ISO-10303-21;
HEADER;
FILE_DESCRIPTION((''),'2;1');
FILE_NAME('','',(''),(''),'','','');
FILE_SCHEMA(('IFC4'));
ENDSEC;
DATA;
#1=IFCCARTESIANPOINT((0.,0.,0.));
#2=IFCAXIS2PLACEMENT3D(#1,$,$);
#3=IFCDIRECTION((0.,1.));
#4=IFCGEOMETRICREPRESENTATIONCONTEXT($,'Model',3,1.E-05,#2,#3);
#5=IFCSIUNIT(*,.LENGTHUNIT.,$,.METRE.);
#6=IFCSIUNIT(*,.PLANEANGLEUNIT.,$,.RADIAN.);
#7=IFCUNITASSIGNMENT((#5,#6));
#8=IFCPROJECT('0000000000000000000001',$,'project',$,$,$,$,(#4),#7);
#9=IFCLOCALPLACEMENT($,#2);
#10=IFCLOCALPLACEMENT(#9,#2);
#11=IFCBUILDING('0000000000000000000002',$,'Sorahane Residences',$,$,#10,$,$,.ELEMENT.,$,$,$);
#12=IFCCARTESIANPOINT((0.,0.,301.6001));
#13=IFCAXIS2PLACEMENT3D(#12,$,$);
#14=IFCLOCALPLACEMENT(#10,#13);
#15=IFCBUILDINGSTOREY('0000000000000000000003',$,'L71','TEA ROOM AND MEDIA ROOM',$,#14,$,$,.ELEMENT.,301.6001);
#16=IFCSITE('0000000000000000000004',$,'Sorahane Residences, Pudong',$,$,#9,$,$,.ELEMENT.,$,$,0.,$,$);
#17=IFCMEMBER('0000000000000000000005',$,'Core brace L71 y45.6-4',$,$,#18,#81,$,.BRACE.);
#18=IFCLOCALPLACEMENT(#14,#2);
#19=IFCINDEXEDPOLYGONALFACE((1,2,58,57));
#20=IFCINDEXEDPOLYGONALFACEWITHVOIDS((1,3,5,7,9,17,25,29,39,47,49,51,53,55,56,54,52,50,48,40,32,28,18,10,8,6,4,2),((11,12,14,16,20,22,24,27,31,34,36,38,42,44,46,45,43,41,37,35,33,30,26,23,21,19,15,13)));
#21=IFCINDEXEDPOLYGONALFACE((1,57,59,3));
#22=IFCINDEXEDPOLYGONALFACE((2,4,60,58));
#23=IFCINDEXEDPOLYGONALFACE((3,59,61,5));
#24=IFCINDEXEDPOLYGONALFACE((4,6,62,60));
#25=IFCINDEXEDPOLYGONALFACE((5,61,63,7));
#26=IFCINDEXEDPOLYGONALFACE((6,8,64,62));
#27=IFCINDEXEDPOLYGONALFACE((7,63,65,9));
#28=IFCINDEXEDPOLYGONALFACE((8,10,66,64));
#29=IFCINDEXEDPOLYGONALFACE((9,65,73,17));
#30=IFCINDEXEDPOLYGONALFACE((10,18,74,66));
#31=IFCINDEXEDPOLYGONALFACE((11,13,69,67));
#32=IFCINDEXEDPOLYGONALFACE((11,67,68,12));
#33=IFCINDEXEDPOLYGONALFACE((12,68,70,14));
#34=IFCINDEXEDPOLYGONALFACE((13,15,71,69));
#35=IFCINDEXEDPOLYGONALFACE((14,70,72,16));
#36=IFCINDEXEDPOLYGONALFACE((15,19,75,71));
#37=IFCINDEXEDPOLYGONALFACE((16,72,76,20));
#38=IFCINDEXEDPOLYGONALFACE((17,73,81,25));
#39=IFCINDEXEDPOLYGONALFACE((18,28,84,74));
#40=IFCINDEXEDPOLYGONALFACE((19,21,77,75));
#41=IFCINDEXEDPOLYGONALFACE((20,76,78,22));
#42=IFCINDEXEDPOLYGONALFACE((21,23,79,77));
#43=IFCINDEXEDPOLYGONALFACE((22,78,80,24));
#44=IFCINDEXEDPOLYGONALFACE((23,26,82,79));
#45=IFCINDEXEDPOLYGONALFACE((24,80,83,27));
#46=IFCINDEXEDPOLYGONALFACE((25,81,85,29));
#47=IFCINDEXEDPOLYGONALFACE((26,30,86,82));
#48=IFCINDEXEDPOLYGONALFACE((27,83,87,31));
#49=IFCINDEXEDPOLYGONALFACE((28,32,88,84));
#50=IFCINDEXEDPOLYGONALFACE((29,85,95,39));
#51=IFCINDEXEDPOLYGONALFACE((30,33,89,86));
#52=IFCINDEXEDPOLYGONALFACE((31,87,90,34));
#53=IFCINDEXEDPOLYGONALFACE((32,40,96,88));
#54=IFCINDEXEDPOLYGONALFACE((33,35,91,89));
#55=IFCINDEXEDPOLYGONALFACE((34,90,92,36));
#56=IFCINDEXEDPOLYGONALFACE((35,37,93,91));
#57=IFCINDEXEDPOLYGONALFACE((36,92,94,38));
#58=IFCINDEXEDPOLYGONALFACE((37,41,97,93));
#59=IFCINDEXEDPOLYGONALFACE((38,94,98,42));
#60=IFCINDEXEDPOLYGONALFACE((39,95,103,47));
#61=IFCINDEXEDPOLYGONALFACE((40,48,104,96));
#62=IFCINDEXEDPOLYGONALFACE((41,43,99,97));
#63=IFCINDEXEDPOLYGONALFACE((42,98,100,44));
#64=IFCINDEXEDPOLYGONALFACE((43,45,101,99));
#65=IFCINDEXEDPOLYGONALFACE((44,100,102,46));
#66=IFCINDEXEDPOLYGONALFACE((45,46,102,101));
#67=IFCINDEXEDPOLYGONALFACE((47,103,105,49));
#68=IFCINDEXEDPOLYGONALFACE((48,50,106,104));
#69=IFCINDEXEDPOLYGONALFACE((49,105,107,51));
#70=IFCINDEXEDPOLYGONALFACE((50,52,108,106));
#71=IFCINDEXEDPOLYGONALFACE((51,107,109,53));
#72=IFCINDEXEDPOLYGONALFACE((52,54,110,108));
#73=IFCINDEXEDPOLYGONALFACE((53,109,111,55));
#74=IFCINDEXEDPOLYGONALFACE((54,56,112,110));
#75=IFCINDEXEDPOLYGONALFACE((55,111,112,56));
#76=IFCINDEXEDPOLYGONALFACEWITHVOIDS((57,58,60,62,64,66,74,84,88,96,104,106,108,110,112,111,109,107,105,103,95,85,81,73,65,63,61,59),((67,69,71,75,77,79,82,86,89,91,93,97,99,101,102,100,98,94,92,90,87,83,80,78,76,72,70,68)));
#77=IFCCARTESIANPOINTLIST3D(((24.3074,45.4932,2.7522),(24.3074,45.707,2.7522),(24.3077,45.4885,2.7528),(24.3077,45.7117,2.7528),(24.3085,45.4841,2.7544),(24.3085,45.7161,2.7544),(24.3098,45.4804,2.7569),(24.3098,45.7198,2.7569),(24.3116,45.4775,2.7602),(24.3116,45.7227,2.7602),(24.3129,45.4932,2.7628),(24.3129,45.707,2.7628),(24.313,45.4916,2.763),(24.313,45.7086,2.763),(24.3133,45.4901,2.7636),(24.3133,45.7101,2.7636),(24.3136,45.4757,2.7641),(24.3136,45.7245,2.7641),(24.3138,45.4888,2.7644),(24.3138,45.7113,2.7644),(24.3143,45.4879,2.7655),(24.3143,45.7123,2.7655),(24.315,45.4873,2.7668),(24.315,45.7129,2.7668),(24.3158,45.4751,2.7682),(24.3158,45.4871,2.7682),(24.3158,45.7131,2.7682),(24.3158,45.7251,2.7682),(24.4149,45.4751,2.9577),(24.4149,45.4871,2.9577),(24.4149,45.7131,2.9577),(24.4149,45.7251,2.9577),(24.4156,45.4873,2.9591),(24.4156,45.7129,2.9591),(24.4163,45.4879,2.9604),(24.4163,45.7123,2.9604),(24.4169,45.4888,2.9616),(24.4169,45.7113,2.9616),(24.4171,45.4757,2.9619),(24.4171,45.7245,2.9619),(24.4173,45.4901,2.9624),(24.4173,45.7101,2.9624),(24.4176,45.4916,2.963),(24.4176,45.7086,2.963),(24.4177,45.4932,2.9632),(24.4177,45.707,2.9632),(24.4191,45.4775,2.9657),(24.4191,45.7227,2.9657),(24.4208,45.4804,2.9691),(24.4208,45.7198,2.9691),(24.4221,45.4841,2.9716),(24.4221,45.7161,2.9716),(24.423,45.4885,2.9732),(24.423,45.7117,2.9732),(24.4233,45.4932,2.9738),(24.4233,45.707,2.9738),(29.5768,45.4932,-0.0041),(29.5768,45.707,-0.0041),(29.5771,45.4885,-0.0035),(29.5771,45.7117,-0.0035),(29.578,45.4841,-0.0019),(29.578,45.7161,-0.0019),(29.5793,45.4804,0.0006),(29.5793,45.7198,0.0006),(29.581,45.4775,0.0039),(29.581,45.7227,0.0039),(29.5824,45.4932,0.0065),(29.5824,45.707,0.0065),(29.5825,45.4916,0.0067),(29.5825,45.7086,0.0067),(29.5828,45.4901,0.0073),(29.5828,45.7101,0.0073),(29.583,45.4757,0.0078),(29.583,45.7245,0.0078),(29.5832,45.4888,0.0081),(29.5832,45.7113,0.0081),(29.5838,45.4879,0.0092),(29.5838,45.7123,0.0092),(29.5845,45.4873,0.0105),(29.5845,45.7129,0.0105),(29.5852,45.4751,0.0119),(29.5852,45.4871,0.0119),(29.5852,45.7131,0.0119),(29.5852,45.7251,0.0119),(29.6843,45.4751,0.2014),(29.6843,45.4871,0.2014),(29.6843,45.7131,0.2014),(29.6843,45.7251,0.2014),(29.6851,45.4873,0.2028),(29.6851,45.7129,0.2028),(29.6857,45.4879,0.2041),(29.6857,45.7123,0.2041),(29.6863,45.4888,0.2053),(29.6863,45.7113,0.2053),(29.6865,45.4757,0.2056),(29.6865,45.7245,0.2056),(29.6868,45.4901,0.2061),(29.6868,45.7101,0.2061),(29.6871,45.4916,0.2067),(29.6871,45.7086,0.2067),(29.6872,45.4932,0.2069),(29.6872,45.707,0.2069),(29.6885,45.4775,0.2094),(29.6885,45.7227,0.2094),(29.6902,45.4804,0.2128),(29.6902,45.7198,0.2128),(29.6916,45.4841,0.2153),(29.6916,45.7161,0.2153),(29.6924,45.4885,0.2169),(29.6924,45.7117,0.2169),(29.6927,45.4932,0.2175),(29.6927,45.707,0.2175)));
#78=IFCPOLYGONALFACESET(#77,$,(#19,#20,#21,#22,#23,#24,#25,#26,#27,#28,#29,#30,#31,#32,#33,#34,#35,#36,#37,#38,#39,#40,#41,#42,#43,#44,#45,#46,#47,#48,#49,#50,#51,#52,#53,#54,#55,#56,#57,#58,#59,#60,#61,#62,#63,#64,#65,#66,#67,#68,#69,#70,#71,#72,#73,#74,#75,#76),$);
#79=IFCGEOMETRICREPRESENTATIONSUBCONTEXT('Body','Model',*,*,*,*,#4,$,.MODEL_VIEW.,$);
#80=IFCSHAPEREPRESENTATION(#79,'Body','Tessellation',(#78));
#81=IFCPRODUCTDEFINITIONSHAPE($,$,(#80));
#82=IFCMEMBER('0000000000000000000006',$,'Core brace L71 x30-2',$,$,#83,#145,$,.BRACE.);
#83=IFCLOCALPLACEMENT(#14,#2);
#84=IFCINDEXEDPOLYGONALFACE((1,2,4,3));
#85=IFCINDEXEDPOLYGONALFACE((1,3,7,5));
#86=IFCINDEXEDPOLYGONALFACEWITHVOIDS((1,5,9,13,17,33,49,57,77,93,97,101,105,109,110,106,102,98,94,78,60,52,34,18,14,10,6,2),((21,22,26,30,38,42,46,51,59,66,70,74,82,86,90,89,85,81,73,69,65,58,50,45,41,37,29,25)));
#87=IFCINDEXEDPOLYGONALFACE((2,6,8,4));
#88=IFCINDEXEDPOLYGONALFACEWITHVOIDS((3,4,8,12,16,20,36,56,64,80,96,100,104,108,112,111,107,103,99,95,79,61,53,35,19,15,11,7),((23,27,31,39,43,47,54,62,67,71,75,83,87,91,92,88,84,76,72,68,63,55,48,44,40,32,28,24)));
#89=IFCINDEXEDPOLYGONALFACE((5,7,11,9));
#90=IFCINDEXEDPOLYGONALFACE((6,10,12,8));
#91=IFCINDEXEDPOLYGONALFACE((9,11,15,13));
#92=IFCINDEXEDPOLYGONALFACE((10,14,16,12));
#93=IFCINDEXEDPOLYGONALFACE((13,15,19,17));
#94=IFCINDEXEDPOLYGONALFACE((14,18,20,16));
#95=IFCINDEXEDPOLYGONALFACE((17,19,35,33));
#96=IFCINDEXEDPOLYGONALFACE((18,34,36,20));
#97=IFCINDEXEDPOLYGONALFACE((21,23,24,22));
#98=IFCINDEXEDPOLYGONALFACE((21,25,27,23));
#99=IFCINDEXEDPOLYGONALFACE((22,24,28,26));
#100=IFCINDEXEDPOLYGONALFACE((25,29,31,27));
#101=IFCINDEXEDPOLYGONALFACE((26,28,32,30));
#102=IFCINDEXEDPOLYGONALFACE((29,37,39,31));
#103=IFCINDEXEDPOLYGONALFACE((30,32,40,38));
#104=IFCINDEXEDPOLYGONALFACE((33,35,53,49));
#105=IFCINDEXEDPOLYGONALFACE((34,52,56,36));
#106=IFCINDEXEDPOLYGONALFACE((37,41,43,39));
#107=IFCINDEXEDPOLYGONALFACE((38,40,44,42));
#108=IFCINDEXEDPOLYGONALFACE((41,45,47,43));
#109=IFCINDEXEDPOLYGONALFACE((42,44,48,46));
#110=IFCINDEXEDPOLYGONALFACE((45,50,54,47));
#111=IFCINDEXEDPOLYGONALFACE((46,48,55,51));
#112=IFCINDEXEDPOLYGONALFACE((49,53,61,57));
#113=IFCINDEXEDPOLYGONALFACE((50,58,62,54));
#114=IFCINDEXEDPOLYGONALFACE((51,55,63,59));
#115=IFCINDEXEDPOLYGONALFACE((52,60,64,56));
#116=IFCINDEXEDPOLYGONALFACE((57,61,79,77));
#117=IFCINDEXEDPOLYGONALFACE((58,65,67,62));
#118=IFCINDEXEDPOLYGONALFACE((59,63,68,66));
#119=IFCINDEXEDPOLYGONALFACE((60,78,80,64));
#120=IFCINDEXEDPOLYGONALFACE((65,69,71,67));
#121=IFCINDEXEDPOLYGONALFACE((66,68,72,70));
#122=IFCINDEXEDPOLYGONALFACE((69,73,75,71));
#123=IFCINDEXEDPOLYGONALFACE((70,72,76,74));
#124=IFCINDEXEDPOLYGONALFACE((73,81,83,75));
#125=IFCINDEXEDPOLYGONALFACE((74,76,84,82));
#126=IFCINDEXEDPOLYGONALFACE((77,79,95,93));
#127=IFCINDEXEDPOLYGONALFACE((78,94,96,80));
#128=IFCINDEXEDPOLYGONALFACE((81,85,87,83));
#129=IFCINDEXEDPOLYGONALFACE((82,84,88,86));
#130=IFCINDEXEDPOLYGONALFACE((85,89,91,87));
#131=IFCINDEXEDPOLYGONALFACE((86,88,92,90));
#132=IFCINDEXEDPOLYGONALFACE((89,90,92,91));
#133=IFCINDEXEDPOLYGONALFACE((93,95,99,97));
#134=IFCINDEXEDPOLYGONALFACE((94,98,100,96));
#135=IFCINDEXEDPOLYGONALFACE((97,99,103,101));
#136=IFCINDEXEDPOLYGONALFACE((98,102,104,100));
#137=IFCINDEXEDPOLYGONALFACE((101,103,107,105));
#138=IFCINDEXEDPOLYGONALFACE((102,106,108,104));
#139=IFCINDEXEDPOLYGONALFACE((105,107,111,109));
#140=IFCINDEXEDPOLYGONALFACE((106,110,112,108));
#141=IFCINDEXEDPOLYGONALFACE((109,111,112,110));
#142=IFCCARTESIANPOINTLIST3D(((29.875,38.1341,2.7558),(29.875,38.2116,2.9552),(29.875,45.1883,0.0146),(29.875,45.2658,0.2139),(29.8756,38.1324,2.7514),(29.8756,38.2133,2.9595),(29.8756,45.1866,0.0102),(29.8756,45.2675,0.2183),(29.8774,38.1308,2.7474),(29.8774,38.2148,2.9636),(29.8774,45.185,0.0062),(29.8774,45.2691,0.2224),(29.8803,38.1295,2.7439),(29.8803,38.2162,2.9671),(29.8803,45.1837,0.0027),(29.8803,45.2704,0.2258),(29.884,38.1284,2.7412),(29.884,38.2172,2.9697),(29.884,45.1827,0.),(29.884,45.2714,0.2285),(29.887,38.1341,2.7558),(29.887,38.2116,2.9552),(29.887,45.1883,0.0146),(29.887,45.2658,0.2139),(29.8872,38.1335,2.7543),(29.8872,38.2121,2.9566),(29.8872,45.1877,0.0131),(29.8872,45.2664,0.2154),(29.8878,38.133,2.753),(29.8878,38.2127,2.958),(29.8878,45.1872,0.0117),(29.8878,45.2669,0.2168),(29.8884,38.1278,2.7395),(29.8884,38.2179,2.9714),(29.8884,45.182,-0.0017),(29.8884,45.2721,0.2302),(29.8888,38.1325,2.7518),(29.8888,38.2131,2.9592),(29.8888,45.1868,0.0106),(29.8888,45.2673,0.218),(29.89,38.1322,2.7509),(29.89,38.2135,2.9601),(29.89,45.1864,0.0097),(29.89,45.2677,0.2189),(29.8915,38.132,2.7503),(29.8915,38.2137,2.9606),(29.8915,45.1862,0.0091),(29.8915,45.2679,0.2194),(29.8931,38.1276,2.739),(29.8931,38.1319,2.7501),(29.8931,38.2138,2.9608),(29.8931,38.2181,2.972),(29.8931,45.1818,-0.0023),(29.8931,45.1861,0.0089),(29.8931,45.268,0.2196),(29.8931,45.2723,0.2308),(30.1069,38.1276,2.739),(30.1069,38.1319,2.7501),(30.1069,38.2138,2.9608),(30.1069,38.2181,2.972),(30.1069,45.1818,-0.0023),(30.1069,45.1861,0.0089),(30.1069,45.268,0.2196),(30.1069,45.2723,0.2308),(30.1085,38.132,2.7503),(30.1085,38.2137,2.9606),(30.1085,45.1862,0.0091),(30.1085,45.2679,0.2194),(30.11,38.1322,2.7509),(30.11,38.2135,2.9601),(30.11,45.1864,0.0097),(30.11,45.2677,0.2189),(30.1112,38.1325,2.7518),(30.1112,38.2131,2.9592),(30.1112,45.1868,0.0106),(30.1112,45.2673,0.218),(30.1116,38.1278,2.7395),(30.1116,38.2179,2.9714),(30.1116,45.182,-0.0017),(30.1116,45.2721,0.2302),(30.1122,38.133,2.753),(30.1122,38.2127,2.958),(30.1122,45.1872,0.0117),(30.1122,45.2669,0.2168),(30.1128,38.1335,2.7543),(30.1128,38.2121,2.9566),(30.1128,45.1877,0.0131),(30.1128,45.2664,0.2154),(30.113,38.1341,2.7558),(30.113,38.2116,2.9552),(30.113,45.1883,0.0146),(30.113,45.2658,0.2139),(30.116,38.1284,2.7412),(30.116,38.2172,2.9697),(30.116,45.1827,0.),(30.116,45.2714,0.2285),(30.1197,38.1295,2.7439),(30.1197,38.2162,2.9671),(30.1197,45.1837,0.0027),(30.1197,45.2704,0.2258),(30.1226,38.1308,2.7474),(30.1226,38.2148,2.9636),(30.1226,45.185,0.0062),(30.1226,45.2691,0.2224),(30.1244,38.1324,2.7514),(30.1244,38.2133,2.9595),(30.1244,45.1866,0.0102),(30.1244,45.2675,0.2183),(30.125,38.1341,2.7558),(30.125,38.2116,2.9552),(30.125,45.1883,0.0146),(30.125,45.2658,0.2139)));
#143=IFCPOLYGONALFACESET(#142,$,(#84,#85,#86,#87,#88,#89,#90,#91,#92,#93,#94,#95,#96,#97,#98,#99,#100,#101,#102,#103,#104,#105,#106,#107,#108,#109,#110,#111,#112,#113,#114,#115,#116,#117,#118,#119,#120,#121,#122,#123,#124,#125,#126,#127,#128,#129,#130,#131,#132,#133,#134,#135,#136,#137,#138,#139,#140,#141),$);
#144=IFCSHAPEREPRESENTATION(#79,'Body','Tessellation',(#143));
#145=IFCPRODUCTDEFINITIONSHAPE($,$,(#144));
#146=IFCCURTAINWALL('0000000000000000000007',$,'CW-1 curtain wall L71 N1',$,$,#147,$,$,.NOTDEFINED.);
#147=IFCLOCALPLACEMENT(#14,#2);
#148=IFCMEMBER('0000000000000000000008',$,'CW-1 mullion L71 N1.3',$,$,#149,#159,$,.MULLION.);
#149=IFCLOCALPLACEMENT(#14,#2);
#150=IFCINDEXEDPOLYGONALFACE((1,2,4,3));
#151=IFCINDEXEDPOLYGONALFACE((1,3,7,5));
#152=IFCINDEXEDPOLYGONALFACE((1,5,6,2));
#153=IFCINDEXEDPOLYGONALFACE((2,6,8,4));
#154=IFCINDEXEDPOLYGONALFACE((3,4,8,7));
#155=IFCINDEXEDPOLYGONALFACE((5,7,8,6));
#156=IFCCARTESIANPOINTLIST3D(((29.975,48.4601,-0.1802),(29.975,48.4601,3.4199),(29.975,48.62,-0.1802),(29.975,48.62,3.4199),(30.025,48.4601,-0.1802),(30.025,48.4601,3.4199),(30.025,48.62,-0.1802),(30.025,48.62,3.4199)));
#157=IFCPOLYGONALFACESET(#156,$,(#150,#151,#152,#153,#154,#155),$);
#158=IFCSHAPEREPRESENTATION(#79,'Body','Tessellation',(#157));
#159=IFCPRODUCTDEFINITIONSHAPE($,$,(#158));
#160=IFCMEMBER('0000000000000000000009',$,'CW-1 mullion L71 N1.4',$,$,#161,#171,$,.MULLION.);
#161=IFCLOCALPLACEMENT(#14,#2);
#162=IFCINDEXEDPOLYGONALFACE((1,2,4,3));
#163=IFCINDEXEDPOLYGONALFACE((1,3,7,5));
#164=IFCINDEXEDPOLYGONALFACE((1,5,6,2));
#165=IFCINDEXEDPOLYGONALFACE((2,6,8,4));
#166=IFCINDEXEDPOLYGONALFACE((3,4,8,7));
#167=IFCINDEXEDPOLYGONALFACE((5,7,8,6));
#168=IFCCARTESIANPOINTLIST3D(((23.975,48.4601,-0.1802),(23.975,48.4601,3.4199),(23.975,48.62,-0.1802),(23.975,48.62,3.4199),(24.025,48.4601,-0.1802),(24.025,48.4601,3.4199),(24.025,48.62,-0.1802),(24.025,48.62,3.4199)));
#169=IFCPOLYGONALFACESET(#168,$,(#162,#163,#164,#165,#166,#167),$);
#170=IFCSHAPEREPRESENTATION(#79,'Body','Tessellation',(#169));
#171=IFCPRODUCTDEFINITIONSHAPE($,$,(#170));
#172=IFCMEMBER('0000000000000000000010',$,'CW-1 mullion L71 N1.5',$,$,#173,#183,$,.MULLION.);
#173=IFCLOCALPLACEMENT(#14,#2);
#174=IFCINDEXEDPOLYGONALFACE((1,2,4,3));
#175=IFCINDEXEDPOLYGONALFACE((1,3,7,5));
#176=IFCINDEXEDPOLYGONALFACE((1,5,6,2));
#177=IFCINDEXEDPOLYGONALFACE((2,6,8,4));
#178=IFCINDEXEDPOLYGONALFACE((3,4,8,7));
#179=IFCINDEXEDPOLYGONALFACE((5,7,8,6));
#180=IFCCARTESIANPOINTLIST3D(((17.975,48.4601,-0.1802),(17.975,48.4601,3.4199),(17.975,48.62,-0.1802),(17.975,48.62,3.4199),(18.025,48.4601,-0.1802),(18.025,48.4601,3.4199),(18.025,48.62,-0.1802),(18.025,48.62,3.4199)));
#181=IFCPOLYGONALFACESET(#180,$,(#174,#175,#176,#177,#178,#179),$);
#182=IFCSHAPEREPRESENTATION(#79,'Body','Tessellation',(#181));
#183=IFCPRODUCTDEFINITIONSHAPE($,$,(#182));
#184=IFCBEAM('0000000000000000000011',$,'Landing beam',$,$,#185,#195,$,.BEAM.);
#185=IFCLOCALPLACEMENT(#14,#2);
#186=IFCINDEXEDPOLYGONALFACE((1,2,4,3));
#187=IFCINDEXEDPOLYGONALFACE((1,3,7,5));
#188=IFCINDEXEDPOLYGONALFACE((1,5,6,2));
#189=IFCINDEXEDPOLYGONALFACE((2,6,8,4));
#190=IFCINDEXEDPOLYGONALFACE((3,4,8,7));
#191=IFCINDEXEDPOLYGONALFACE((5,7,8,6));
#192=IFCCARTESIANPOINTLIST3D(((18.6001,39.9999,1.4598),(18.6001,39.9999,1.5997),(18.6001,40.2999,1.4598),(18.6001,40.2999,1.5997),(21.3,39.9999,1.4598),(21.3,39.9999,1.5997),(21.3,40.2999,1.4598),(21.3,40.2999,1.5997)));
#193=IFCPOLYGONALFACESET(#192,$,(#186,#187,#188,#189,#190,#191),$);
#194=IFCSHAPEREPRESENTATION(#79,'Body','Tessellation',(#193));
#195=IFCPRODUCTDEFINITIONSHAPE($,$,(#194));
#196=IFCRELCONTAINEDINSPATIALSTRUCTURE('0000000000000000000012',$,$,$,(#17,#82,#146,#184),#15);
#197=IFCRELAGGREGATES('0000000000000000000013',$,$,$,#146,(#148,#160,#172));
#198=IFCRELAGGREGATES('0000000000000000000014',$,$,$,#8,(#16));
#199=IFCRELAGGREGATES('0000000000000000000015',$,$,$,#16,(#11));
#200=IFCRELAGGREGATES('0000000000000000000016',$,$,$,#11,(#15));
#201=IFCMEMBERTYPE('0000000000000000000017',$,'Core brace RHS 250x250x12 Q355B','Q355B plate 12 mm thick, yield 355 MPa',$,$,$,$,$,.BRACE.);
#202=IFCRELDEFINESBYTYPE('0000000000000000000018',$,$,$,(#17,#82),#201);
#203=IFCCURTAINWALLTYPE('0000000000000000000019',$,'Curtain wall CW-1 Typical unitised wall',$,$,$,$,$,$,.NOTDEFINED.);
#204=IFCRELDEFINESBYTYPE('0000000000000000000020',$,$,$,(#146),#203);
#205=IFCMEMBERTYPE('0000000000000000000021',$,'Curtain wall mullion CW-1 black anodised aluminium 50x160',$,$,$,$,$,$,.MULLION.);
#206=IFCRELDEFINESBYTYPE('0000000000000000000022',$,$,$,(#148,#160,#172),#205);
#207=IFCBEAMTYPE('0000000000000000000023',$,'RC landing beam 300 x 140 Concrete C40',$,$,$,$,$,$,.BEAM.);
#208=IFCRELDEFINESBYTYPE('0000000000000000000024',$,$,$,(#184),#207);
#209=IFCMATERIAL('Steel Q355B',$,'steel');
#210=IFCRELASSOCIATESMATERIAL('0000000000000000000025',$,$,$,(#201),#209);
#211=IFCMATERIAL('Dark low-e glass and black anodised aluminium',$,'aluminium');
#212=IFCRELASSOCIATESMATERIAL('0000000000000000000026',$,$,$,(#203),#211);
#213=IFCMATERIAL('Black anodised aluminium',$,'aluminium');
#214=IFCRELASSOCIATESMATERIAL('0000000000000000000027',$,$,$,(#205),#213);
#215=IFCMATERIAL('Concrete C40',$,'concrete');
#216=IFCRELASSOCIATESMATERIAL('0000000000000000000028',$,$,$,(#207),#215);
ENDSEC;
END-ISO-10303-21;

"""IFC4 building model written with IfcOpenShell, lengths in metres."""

from ifc_helpers import new_model, si_unit, direction, frame, origin, origin_2d, place, context, subcontext, project, spatial, rectangle, hollow_rectangle, extrude, material, material_profile, profile_set, type_object, element, aggregate, save


model = new_model("IFC4")

# Units and contexts
model_context = context("Model", 3, precision=1e-05, world=origin(), true_north=direction((0.0, 1.0)))
body_context = subcontext(model_context, "Body", "Model", "MODEL_VIEW")
ifc_project = project(units=[si_unit("LENGTHUNIT", "METRE"), si_unit("PLANEANGLEUNIT", "RADIAN")], contexts=[model_context])

# Site, building, storey
site_placement = place(None, origin())
site = spatial("IfcSite", under=ifc_project, at=site_placement, Name="Sorahane Residences, Pudong", CompositionType="ELEMENT", RefElevation=0.0)
building_placement = place(site_placement, origin())
building = spatial("IfcBuilding", under=site, at=building_placement, Name="Sorahane Residences", CompositionType="ELEMENT")
storey_placement = place(building_placement, frame((0.0, 0.0, 301.6001)))
storey = spatial("IfcBuildingStorey", under=building, at=storey_placement, Name="L71", Description="TEA ROOM AND MEDIA ROOM", CompositionType="ELEMENT", Elevation=301.6001)

# Members
ifc_material_1 = material(Name="Steel Q355B", Category="steel")
ifc_material_profile_1 = material_profile(ifc_material_1, hollow_rectangle(XDim=0.25, YDim=0.25, WallThickness=0.012, InnerFilletRadius=0.0061, OuterFilletRadius=0.0181, at=origin_2d()), Name="RHS 250x250x12")
ifc_profile_set_1 = profile_set([ifc_material_profile_1], Name="Steel Q355B")
member_type_1 = type_object("IfcMemberType", Name="Core brace RHS 250x250x12 Q355B", Description="Q355B plate 12 mm thick, yield 355 MPa", PredefinedType="BRACE", material=ifc_profile_set_1)
for number, where, z_axis, x_axis, name in (
    (1, (29.6348, 45.6001, 0.1067), (-0.8861, 0.0, 0.463495), (0.0, -1.0, 0.0), "Core brace L71 y45.6-4"),
):
    element("IfcMember", number, at=place(storey_placement, frame(where, z_axis=z_axis, x_axis=x_axis)), inside=storey, type_object=member_type_1, Name=name, PredefinedType="BRACE", context=body_context, shape_type="SweptSolid", body=[
        extrude(hollow_rectangle(XDim=0.25, YDim=0.25, WallThickness=0.012, InnerFilletRadius=0.0061, OuterFilletRadius=0.0181, at=origin_2d()), origin(), (0.0, 0.0, 1.0), 5.9468),
    ])
member_1_placement = place(storey_placement, frame((30.0, 45.2271, 0.1143), z_axis=(0.0, -0.932098, 0.362207), x_axis=(1.0, 0.0, 0.0)))
element("IfcMember", 2, at=member_1_placement, inside=storey, type_object=member_type_1, Name="Core brace L71 x30-2", PredefinedType="BRACE", context=body_context, shape_type="SweptSolid", body=[
    extrude(hollow_rectangle(XDim=0.25, YDim=0.25, WallThickness=0.012, InnerFilletRadius=0.0061, OuterFilletRadius=0.0181, at=origin_2d()), origin(), (0.0, 0.0, 1.0), 7.5681),
])

# Curtain wall, members
ifc_material_2 = material(Name="Dark low-e glass and black anodised aluminium", Category="aluminium")
curtain_wall_type = type_object("IfcCurtainWallType", Name="Curtain wall CW-1 Typical unitised wall", PredefinedType="NOTDEFINED", material=ifc_material_2)
curtain_wall_placement = place(storey_placement, origin())
curtain_wall = element("IfcCurtainWall", 3, at=curtain_wall_placement, inside=storey, type_object=curtain_wall_type, Name="CW-1 curtain wall L71 N1", PredefinedType="NOTDEFINED")
ifc_material_3 = material(Name="Black anodised aluminium", Category="aluminium")
ifc_material_profile_2 = material_profile(ifc_material_3, rectangle(XDim=0.1599, YDim=0.05, at=origin_2d()), Name="Curtain wall mullion CW-1 black anodised aluminium 50x160")
ifc_profile_set_2 = profile_set([ifc_material_profile_2], Name="Black anodised aluminium")
member_type_2 = type_object("IfcMemberType", Name="Curtain wall mullion CW-1 black anodised aluminium 50x160", PredefinedType="MULLION", material=ifc_profile_set_2)
member_2_placement = place(storey_placement, frame((30.0, 48.54, -0.1802), z_axis=(0.0, 0.0, 1.0), x_axis=(0.0, 1.0, 0.0)))
member_2 = element("IfcMember", 4, at=member_2_placement, type_object=member_type_2, Name="CW-1 mullion L71 N1.3", PredefinedType="MULLION", context=body_context, shape_type="SweptSolid", body=[
    extrude(rectangle(XDim=0.1599, YDim=0.05, at=origin_2d()), origin(), (0.0, 0.0, 1.0), 3.6001),
])
member_3_placement = place(storey_placement, frame((24.0, 48.54, -0.1802), z_axis=(0.0, 0.0, 1.0), x_axis=(0.0, 1.0, 0.0)))
member_3 = element("IfcMember", 5, at=member_3_placement, type_object=member_type_2, Name="CW-1 mullion L71 N1.4", PredefinedType="MULLION", context=body_context, shape_type="SweptSolid", body=[
    extrude(rectangle(XDim=0.1599, YDim=0.05, at=origin_2d()), origin(), (0.0, 0.0, 1.0), 3.6001),
])
member_4_placement = place(storey_placement, frame((18.0, 48.54, -0.1802), z_axis=(0.0, 0.0, 1.0), x_axis=(0.0, 1.0, 0.0)))
member_4 = element("IfcMember", 6, at=member_4_placement, type_object=member_type_2, Name="CW-1 mullion L71 N1.5", PredefinedType="MULLION", context=body_context, shape_type="SweptSolid", body=[
    extrude(rectangle(XDim=0.1599, YDim=0.05, at=origin_2d()), origin(), (0.0, 0.0, 1.0), 3.6001),
])

# Beam
ifc_material_4 = material(Name="Concrete C40", Category="concrete")
ifc_material_profile_3 = material_profile(ifc_material_4, rectangle(XDim=0.3, YDim=0.1399, at=origin_2d()), Name="300x140")
ifc_profile_set_3 = profile_set([ifc_material_profile_3], Name="Concrete C40")
beam_type_1 = type_object("IfcBeamType", Name="RC landing beam 300 x 140 Concrete C40", PredefinedType="BEAM", material=ifc_profile_set_3)
beam_1_placement = place(storey_placement, frame((18.6001, 40.1499, 1.5298), z_axis=(1.0, 0.0, 0.0), x_axis=(0.0, 1.0, 0.0)))
element("IfcBeam", 7, at=beam_1_placement, inside=storey, type_object=beam_type_1, Name="Landing beam", PredefinedType="BEAM", context=body_context, shape_type="SweptSolid", body=[
    extrude(rectangle(XDim=0.3, YDim=0.1399, at=origin_2d()), origin(), (0.0, 0.0, 1.0), 2.7),
])

aggregate(curtain_wall, [member_2, member_3, member_4])

save(model, "model.ifc")
